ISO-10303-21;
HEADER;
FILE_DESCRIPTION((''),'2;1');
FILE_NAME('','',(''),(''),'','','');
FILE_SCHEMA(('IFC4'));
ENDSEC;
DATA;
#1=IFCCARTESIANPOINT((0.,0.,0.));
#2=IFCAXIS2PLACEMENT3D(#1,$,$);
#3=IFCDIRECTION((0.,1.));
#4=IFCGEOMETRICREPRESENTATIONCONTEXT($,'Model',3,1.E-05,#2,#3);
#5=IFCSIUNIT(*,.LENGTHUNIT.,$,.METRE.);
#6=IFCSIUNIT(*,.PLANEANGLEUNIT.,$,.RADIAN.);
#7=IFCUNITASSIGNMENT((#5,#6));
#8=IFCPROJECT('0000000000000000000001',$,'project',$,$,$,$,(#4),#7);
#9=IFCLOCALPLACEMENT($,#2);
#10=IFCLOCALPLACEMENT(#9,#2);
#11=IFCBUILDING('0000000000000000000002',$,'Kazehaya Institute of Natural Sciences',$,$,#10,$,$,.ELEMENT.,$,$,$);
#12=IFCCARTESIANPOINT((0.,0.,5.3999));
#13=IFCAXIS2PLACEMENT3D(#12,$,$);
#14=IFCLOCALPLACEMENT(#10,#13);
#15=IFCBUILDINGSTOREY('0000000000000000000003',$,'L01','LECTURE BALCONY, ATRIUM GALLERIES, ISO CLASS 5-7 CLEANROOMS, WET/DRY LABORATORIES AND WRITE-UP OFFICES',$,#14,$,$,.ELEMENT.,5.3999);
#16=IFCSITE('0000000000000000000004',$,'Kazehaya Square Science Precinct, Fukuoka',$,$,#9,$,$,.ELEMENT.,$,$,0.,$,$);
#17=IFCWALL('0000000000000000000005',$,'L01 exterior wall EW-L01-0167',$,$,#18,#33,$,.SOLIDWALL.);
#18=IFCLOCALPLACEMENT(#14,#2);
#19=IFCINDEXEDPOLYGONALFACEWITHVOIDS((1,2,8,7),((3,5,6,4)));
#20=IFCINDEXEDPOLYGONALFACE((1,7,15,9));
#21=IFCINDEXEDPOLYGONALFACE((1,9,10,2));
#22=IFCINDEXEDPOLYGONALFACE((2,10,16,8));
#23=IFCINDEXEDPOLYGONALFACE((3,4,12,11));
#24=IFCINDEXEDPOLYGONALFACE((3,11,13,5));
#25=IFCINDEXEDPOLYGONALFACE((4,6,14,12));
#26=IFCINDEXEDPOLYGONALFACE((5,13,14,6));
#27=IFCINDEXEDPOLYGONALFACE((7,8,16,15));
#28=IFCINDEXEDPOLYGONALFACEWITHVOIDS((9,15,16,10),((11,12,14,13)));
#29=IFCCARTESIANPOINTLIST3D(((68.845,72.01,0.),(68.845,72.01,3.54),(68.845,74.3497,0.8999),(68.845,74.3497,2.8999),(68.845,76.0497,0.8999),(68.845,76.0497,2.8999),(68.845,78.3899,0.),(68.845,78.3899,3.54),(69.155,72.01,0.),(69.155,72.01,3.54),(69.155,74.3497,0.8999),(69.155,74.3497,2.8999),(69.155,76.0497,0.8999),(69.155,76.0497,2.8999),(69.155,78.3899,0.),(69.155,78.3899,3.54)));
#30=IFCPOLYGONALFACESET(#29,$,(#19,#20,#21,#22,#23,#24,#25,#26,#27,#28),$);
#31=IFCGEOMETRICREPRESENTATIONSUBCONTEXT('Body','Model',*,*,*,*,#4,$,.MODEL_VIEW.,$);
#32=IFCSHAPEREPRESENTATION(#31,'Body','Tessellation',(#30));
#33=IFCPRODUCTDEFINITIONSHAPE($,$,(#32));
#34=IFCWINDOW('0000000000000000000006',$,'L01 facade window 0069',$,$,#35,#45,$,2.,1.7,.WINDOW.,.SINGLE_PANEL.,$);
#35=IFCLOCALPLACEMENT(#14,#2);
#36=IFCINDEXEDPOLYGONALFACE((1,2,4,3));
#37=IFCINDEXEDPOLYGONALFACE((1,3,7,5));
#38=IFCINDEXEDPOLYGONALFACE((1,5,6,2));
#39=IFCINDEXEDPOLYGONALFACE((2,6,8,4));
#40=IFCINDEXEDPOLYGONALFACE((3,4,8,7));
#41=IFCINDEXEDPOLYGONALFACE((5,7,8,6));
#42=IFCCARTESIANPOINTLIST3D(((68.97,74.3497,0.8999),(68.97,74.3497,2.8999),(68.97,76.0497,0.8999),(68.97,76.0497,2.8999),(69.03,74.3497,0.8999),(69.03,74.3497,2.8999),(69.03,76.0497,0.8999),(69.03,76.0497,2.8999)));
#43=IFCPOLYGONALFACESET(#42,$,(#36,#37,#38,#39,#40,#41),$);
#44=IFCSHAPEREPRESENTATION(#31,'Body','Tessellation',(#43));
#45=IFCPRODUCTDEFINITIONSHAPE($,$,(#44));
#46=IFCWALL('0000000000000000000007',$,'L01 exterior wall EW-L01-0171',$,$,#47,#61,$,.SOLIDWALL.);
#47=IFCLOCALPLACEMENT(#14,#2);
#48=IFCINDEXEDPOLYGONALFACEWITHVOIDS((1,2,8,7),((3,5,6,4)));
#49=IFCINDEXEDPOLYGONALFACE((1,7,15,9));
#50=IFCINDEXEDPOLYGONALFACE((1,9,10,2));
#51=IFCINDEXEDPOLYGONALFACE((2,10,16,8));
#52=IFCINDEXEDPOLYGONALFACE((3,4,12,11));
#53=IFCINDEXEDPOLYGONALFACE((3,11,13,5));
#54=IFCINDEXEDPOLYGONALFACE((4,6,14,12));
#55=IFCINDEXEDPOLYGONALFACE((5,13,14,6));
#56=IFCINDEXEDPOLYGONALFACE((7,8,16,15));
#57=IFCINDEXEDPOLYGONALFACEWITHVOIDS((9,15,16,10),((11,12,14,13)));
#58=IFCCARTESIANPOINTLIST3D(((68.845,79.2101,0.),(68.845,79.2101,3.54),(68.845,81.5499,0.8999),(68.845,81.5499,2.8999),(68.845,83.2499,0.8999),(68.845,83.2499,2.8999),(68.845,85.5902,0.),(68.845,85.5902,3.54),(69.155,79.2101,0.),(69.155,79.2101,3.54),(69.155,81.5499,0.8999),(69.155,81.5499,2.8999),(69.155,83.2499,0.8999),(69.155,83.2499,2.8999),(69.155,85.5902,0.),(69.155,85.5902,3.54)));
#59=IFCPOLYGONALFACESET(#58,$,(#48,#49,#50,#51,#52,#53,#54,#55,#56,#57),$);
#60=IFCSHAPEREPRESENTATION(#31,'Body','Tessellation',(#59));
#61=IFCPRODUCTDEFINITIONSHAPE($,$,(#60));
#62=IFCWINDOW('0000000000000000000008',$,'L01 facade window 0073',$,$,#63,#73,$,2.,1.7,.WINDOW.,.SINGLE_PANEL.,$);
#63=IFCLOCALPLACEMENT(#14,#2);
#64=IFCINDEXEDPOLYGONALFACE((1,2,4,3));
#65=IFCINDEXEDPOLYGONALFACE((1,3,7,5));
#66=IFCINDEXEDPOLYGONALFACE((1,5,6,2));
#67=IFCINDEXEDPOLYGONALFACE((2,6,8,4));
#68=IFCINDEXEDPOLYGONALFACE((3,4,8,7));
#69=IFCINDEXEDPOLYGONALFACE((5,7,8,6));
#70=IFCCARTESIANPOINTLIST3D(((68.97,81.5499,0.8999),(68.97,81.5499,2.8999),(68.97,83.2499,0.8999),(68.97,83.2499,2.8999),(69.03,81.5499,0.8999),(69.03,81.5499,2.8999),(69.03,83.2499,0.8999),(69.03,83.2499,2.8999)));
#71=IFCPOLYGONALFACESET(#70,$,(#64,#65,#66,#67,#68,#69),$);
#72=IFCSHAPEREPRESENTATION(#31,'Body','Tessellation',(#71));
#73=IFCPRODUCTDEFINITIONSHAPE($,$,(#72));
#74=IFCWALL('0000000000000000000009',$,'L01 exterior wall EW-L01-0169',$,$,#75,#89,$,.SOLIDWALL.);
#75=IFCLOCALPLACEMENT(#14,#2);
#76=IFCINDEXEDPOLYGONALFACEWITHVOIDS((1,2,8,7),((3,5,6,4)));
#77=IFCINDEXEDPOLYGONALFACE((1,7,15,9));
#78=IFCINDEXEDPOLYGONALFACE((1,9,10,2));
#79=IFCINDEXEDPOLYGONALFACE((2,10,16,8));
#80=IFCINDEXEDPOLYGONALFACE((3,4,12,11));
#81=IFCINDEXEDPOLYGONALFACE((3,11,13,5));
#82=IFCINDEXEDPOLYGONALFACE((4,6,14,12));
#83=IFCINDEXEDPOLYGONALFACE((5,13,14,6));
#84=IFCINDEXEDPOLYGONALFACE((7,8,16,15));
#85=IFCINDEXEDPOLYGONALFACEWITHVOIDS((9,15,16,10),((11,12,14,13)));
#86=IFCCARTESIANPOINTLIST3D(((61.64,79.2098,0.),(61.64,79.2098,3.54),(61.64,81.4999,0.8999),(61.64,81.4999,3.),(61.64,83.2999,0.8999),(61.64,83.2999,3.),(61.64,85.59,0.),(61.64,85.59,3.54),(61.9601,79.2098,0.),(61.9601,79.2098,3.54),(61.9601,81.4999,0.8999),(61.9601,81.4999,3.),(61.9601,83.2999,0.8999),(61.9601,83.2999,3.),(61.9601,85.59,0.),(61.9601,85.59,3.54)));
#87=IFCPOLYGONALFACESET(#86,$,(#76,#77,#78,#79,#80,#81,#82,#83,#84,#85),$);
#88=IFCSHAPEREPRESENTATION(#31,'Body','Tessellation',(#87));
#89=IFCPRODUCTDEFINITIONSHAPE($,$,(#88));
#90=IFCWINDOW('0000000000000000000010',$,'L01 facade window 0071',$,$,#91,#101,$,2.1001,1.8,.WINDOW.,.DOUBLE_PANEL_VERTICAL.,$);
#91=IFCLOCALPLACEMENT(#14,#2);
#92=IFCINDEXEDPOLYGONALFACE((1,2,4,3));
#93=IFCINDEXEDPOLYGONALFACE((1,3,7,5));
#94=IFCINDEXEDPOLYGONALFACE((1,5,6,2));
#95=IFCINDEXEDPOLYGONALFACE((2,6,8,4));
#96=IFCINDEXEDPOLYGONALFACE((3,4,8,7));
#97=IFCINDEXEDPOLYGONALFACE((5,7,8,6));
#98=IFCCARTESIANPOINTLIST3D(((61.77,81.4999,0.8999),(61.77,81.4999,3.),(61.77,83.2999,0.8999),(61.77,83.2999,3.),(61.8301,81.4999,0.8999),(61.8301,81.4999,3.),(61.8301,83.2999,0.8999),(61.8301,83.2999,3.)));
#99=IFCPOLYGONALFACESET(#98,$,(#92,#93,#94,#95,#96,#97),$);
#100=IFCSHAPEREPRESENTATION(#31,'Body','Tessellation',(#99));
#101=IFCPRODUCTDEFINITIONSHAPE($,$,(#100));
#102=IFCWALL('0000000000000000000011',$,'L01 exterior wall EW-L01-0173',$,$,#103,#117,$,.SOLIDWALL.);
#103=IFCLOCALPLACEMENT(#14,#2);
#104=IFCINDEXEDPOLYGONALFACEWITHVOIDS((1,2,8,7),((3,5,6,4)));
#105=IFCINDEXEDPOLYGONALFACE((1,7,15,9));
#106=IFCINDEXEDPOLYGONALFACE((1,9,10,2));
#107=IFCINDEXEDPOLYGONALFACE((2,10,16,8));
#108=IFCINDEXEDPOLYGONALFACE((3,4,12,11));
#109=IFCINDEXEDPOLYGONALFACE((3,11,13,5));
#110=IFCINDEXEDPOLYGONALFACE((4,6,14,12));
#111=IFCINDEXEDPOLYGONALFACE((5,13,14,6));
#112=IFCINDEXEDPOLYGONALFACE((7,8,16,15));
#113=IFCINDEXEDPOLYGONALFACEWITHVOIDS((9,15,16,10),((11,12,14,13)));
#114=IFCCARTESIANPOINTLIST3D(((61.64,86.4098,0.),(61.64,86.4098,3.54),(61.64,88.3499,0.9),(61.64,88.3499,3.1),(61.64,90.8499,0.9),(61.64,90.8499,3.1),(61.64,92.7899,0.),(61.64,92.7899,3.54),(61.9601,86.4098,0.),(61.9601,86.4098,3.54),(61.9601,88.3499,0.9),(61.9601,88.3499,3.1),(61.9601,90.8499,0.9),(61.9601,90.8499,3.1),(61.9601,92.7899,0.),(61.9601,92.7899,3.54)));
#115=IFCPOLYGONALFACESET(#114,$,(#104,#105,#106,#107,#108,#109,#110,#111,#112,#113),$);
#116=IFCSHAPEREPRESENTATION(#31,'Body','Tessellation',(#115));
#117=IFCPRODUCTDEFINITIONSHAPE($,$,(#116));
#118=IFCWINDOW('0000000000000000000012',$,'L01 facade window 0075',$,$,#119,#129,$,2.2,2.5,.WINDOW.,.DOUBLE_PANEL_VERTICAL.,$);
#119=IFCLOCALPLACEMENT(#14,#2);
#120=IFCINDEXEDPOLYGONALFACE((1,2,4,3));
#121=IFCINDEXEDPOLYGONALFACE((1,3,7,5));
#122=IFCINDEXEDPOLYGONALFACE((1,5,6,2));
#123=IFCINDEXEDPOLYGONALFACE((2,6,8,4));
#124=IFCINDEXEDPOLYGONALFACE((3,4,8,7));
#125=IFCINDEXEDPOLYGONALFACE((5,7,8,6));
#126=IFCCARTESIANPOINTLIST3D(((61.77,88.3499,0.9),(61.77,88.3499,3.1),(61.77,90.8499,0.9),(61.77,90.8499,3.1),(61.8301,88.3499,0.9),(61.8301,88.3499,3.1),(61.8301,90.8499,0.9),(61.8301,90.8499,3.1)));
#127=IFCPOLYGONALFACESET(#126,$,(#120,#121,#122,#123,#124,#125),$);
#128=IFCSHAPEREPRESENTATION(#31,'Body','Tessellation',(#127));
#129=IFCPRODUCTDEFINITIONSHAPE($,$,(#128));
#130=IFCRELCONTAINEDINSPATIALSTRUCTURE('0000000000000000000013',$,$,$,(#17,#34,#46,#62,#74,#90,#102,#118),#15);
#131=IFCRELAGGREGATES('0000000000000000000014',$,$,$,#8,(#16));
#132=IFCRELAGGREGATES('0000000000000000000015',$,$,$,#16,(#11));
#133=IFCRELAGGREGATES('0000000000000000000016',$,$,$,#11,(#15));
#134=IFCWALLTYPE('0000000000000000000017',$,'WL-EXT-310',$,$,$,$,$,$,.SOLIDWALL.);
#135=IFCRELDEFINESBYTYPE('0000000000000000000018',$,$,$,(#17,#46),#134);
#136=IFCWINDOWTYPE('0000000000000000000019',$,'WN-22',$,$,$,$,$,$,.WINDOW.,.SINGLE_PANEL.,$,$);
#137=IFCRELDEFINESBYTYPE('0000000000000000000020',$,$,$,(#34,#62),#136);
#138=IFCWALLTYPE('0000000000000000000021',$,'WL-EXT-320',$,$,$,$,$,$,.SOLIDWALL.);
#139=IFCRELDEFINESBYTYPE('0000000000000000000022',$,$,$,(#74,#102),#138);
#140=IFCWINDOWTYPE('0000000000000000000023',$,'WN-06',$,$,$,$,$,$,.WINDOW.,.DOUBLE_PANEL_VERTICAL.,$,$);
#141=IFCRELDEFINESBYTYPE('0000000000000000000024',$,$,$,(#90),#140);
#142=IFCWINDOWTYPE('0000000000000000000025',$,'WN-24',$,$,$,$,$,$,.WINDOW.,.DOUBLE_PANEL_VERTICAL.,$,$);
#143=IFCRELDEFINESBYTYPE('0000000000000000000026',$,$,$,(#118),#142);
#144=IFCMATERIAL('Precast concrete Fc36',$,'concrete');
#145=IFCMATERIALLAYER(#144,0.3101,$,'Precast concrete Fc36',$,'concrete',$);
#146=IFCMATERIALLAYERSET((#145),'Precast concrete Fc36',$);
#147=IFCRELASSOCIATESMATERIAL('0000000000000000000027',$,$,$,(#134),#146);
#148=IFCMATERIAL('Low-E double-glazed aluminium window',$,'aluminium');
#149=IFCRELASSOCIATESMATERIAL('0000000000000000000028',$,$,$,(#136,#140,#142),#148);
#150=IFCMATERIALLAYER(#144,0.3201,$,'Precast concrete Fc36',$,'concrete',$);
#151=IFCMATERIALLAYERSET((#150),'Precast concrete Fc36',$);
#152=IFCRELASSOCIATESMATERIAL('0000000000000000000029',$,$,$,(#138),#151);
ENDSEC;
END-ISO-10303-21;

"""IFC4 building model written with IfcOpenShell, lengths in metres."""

from ifc_helpers import new_model, si_unit, direction, frame, frame_2d, origin, place, context, subcontext, project, spatial, rectangle, extrude, material, layer, layer_set, type_object, element, fill, save


model = new_model("IFC4")

# Units and contexts
model_context = context("Model", 3, precision=1e-05, world=origin(), true_north=direction((0.0, 1.0)))
body_context = subcontext(model_context, "Body", "Model", "MODEL_VIEW")
ifc_project = project(units=[si_unit("LENGTHUNIT", "METRE"), si_unit("PLANEANGLEUNIT", "RADIAN")], contexts=[model_context])

# Site, building, storey
site_placement = place(None, origin())
site = spatial("IfcSite", under=ifc_project, at=site_placement, Name="Kazehaya Square Science Precinct, Fukuoka", CompositionType="ELEMENT", RefElevation=0.0)
building_placement = place(site_placement, origin())
building = spatial("IfcBuilding", under=site, at=building_placement, Name="Kazehaya Institute of Natural Sciences", CompositionType="ELEMENT")
storey_placement = place(building_placement, frame((0.0, 0.0, 5.3999)))
storey = spatial("IfcBuildingStorey", under=building, at=storey_placement, Name="L01", Description="LECTURE BALCONY, ATRIUM GALLERIES, ISO CLASS 5-7 CLEANROOMS, WET/DRY LABORATORIES AND WRITE-UP OFFICES", CompositionType="ELEMENT", Elevation=5.3999)

# Walls, openings, windows
ifc_material_1 = material(Name="Precast concrete Fc36", Category="concrete")
ifc_material_2 = material(Name="Low-E double-glazed aluminium window", Category="aluminium")
ifc_layer_1 = layer(ifc_material_1, 0.3101, Name="Precast concrete Fc36", Category="concrete")
ifc_layer_set_1 = layer_set([ifc_layer_1], Name="Precast concrete Fc36")
wall_type_1 = type_object("IfcWallType", Name="WL-EXT-310", PredefinedType="SOLIDWALL", material=ifc_layer_set_1)
wall_1_placement = place(storey_placement, frame((69.0, 78.3899, 0.0), z_axis=(0.0, 0.0, 1.0), x_axis=(0.0, -1.0, 0.0)))
wall_1 = element("IfcWall", 1, at=wall_1_placement, inside=storey, type_object=wall_type_1, Name="L01 exterior wall EW-L01-0167", PredefinedType="SOLIDWALL", context=body_context, shape_type="SweptSolid", body=[
    extrude(rectangle(XDim=6.3799, YDim=0.3101, at=frame_2d((3.1899, 0.0))), origin(), (0.0, 0.0, 1.0), 3.54),
])
opening_1_placement = place(wall_1_placement, frame((2.3401, 0.0, 0.8999)))
opening_1 = element("IfcOpeningElement", 2, at=opening_1_placement, cuts=wall_1, PredefinedType="OPENING", context=body_context, shape_type="SweptSolid", body=[
    extrude(rectangle(XDim=1.7, YDim=2.0, at=frame_2d((0.8501, 1.0))), frame((0.0, 0.165, 0.0), z_axis=(0.0, -1.0, 0.0), x_axis=(1.0, 0.0, 0.0)), (0.0, 0.0, 1.0), 0.3301),
])
window_type_1 = type_object("IfcWindowType", Name="WN-22", PartitioningType="SINGLE_PANEL", PredefinedType="WINDOW", material=ifc_material_2)
window_1_placement = place(opening_1_placement, origin())
window_1 = element("IfcWindow", 3, at=window_1_placement, inside=storey, type_object=window_type_1, Name="L01 facade window 0069", OverallHeight=2.0, OverallWidth=1.7, PartitioningType="SINGLE_PANEL", PredefinedType="WINDOW", context=body_context, shape_type="SweptSolid", body=[
    extrude(rectangle(XDim=1.7, YDim=2.0, at=frame_2d((0.8501, 1.0))), frame((0.0, 0.03, 0.0), z_axis=(0.0, -1.0, 0.0), x_axis=(1.0, 0.0, 0.0)), (0.0, 0.0, 1.0), 0.0601),
])
fill(opening_1, window_1)
wall_2_placement = place(storey_placement, frame((69.0, 85.5901, 0.0), z_axis=(0.0, 0.0, 1.0), x_axis=(0.0, -1.0, 0.0)))
wall_2 = element("IfcWall", 4, at=wall_2_placement, inside=storey, type_object=wall_type_1, Name="L01 exterior wall EW-L01-0171", PredefinedType="SOLIDWALL", context=body_context, shape_type="SweptSolid", body=[
    extrude(rectangle(XDim=6.3801, YDim=0.3101, at=frame_2d((3.1899, 0.0))), origin(), (0.0, 0.0, 1.0), 3.54),
])
opening_2_placement = place(wall_2_placement, frame((2.3401, 0.0, 0.8999)))
opening_2 = element("IfcOpeningElement", 5, at=opening_2_placement, cuts=wall_2, PredefinedType="OPENING", context=body_context, shape_type="SweptSolid", body=[
    extrude(rectangle(XDim=1.7, YDim=2.0, at=frame_2d((0.8501, 1.0))), frame((0.0, 0.165, 0.0), z_axis=(0.0, -1.0, 0.0), x_axis=(1.0, 0.0, 0.0)), (0.0, 0.0, 1.0), 0.3301),
])
window_2_placement = place(opening_2_placement, origin())
window_2 = element("IfcWindow", 6, at=window_2_placement, inside=storey, type_object=window_type_1, Name="L01 facade window 0073", OverallHeight=2.0, OverallWidth=1.7, PartitioningType="SINGLE_PANEL", PredefinedType="WINDOW", context=body_context, shape_type="SweptSolid", body=[
    extrude(rectangle(XDim=1.7, YDim=2.0, at=frame_2d((0.8501, 1.0))), frame((0.0, 0.03, 0.0), z_axis=(0.0, -1.0, 0.0), x_axis=(1.0, 0.0, 0.0)), (0.0, 0.0, 1.0), 0.0601),
])
fill(opening_2, window_2)
ifc_layer_2 = layer(ifc_material_1, 0.3201, Name="Precast concrete Fc36", Category="concrete")
ifc_layer_set_2 = layer_set([ifc_layer_2], Name="Precast concrete Fc36")
wall_type_2 = type_object("IfcWallType", Name="WL-EXT-320", PredefinedType="SOLIDWALL", material=ifc_layer_set_2)
wall_3_placement = place(storey_placement, frame((61.8, 79.21, 0.0), z_axis=(0.0, 0.0, 1.0), x_axis=(0.0, 1.0, 0.0)))
wall_3 = element("IfcWall", 7, at=wall_3_placement, inside=storey, type_object=wall_type_2, Name="L01 exterior wall EW-L01-0169", PredefinedType="SOLIDWALL", context=body_context, shape_type="SweptSolid", body=[
    extrude(rectangle(XDim=6.3801, YDim=0.3201, at=frame_2d((3.1899, 0.0))), origin(), (0.0, 0.0, 1.0), 3.54),
])
opening_3_placement = place(wall_3_placement, frame((2.29, 0.0, 0.8999)))
opening_3 = element("IfcOpeningElement", 8, at=opening_3_placement, cuts=wall_3, PredefinedType="OPENING", context=body_context, shape_type="SweptSolid", body=[
    extrude(rectangle(XDim=1.8, YDim=2.1001, at=frame_2d((0.8999, 1.05))), frame((0.0, 0.1699, 0.0), z_axis=(0.0, -1.0, 0.0), x_axis=(1.0, 0.0, 0.0)), (0.0, 0.0, 1.0), 0.3401),
])
window_type_2 = type_object("IfcWindowType", Name="WN-06", PartitioningType="DOUBLE_PANEL_VERTICAL", PredefinedType="WINDOW", material=ifc_material_2)
window_3_placement = place(opening_3_placement, origin())
window_3 = element("IfcWindow", 9, at=window_3_placement, inside=storey, type_object=window_type_2, Name="L01 facade window 0071", OverallHeight=2.1001, OverallWidth=1.8, PartitioningType="DOUBLE_PANEL_VERTICAL", PredefinedType="WINDOW", context=body_context, shape_type="SweptSolid", body=[
    extrude(rectangle(XDim=1.8, YDim=2.1001, at=frame_2d((0.8999, 1.05))), frame((0.0, 0.03, 0.0), z_axis=(0.0, -1.0, 0.0), x_axis=(1.0, 0.0, 0.0)), (0.0, 0.0, 1.0), 0.0601),
])
fill(opening_3, window_3)
wall_4_placement = place(storey_placement, frame((61.8, 86.4099, 0.0), z_axis=(0.0, 0.0, 1.0), x_axis=(0.0, 1.0, 0.0)))
wall_4 = element("IfcWall", 10, at=wall_4_placement, inside=storey, type_object=wall_type_2, Name="L01 exterior wall EW-L01-0173", PredefinedType="SOLIDWALL", context=body_context, shape_type="SweptSolid", body=[
    extrude(rectangle(XDim=6.3801, YDim=0.3201, at=frame_2d((3.1899, 0.0))), origin(), (0.0, 0.0, 1.0), 3.54),
])
opening_4_placement = place(wall_4_placement, frame((1.9399, 0.0, 0.8999)))
opening_4 = element("IfcOpeningElement", 11, at=opening_4_placement, cuts=wall_4, PredefinedType="OPENING", context=body_context, shape_type="SweptSolid", body=[
    extrude(rectangle(XDim=2.5, YDim=2.2, at=frame_2d((1.25, 1.1001))), frame((0.0, 0.1699, 0.0), z_axis=(0.0, -1.0, 0.0), x_axis=(1.0, 0.0, 0.0)), (0.0, 0.0, 1.0), 0.3401),
])
window_type_3 = type_object("IfcWindowType", Name="WN-24", PartitioningType="DOUBLE_PANEL_VERTICAL", PredefinedType="WINDOW", material=ifc_material_2)
window_4_placement = place(opening_4_placement, origin())
window_4 = element("IfcWindow", 12, at=window_4_placement, inside=storey, type_object=window_type_3, Name="L01 facade window 0075", OverallHeight=2.2, OverallWidth=2.5, PartitioningType="DOUBLE_PANEL_VERTICAL", PredefinedType="WINDOW", context=body_context, shape_type="SweptSolid", body=[
    extrude(rectangle(XDim=2.5, YDim=2.2, at=frame_2d((1.25, 1.1001))), frame((0.0, 0.03, 0.0), z_axis=(0.0, -1.0, 0.0), x_axis=(1.0, 0.0, 0.0)), (0.0, 0.0, 1.0), 0.0601),
])
fill(opening_4, window_4)

save(model, "model.ifc")
